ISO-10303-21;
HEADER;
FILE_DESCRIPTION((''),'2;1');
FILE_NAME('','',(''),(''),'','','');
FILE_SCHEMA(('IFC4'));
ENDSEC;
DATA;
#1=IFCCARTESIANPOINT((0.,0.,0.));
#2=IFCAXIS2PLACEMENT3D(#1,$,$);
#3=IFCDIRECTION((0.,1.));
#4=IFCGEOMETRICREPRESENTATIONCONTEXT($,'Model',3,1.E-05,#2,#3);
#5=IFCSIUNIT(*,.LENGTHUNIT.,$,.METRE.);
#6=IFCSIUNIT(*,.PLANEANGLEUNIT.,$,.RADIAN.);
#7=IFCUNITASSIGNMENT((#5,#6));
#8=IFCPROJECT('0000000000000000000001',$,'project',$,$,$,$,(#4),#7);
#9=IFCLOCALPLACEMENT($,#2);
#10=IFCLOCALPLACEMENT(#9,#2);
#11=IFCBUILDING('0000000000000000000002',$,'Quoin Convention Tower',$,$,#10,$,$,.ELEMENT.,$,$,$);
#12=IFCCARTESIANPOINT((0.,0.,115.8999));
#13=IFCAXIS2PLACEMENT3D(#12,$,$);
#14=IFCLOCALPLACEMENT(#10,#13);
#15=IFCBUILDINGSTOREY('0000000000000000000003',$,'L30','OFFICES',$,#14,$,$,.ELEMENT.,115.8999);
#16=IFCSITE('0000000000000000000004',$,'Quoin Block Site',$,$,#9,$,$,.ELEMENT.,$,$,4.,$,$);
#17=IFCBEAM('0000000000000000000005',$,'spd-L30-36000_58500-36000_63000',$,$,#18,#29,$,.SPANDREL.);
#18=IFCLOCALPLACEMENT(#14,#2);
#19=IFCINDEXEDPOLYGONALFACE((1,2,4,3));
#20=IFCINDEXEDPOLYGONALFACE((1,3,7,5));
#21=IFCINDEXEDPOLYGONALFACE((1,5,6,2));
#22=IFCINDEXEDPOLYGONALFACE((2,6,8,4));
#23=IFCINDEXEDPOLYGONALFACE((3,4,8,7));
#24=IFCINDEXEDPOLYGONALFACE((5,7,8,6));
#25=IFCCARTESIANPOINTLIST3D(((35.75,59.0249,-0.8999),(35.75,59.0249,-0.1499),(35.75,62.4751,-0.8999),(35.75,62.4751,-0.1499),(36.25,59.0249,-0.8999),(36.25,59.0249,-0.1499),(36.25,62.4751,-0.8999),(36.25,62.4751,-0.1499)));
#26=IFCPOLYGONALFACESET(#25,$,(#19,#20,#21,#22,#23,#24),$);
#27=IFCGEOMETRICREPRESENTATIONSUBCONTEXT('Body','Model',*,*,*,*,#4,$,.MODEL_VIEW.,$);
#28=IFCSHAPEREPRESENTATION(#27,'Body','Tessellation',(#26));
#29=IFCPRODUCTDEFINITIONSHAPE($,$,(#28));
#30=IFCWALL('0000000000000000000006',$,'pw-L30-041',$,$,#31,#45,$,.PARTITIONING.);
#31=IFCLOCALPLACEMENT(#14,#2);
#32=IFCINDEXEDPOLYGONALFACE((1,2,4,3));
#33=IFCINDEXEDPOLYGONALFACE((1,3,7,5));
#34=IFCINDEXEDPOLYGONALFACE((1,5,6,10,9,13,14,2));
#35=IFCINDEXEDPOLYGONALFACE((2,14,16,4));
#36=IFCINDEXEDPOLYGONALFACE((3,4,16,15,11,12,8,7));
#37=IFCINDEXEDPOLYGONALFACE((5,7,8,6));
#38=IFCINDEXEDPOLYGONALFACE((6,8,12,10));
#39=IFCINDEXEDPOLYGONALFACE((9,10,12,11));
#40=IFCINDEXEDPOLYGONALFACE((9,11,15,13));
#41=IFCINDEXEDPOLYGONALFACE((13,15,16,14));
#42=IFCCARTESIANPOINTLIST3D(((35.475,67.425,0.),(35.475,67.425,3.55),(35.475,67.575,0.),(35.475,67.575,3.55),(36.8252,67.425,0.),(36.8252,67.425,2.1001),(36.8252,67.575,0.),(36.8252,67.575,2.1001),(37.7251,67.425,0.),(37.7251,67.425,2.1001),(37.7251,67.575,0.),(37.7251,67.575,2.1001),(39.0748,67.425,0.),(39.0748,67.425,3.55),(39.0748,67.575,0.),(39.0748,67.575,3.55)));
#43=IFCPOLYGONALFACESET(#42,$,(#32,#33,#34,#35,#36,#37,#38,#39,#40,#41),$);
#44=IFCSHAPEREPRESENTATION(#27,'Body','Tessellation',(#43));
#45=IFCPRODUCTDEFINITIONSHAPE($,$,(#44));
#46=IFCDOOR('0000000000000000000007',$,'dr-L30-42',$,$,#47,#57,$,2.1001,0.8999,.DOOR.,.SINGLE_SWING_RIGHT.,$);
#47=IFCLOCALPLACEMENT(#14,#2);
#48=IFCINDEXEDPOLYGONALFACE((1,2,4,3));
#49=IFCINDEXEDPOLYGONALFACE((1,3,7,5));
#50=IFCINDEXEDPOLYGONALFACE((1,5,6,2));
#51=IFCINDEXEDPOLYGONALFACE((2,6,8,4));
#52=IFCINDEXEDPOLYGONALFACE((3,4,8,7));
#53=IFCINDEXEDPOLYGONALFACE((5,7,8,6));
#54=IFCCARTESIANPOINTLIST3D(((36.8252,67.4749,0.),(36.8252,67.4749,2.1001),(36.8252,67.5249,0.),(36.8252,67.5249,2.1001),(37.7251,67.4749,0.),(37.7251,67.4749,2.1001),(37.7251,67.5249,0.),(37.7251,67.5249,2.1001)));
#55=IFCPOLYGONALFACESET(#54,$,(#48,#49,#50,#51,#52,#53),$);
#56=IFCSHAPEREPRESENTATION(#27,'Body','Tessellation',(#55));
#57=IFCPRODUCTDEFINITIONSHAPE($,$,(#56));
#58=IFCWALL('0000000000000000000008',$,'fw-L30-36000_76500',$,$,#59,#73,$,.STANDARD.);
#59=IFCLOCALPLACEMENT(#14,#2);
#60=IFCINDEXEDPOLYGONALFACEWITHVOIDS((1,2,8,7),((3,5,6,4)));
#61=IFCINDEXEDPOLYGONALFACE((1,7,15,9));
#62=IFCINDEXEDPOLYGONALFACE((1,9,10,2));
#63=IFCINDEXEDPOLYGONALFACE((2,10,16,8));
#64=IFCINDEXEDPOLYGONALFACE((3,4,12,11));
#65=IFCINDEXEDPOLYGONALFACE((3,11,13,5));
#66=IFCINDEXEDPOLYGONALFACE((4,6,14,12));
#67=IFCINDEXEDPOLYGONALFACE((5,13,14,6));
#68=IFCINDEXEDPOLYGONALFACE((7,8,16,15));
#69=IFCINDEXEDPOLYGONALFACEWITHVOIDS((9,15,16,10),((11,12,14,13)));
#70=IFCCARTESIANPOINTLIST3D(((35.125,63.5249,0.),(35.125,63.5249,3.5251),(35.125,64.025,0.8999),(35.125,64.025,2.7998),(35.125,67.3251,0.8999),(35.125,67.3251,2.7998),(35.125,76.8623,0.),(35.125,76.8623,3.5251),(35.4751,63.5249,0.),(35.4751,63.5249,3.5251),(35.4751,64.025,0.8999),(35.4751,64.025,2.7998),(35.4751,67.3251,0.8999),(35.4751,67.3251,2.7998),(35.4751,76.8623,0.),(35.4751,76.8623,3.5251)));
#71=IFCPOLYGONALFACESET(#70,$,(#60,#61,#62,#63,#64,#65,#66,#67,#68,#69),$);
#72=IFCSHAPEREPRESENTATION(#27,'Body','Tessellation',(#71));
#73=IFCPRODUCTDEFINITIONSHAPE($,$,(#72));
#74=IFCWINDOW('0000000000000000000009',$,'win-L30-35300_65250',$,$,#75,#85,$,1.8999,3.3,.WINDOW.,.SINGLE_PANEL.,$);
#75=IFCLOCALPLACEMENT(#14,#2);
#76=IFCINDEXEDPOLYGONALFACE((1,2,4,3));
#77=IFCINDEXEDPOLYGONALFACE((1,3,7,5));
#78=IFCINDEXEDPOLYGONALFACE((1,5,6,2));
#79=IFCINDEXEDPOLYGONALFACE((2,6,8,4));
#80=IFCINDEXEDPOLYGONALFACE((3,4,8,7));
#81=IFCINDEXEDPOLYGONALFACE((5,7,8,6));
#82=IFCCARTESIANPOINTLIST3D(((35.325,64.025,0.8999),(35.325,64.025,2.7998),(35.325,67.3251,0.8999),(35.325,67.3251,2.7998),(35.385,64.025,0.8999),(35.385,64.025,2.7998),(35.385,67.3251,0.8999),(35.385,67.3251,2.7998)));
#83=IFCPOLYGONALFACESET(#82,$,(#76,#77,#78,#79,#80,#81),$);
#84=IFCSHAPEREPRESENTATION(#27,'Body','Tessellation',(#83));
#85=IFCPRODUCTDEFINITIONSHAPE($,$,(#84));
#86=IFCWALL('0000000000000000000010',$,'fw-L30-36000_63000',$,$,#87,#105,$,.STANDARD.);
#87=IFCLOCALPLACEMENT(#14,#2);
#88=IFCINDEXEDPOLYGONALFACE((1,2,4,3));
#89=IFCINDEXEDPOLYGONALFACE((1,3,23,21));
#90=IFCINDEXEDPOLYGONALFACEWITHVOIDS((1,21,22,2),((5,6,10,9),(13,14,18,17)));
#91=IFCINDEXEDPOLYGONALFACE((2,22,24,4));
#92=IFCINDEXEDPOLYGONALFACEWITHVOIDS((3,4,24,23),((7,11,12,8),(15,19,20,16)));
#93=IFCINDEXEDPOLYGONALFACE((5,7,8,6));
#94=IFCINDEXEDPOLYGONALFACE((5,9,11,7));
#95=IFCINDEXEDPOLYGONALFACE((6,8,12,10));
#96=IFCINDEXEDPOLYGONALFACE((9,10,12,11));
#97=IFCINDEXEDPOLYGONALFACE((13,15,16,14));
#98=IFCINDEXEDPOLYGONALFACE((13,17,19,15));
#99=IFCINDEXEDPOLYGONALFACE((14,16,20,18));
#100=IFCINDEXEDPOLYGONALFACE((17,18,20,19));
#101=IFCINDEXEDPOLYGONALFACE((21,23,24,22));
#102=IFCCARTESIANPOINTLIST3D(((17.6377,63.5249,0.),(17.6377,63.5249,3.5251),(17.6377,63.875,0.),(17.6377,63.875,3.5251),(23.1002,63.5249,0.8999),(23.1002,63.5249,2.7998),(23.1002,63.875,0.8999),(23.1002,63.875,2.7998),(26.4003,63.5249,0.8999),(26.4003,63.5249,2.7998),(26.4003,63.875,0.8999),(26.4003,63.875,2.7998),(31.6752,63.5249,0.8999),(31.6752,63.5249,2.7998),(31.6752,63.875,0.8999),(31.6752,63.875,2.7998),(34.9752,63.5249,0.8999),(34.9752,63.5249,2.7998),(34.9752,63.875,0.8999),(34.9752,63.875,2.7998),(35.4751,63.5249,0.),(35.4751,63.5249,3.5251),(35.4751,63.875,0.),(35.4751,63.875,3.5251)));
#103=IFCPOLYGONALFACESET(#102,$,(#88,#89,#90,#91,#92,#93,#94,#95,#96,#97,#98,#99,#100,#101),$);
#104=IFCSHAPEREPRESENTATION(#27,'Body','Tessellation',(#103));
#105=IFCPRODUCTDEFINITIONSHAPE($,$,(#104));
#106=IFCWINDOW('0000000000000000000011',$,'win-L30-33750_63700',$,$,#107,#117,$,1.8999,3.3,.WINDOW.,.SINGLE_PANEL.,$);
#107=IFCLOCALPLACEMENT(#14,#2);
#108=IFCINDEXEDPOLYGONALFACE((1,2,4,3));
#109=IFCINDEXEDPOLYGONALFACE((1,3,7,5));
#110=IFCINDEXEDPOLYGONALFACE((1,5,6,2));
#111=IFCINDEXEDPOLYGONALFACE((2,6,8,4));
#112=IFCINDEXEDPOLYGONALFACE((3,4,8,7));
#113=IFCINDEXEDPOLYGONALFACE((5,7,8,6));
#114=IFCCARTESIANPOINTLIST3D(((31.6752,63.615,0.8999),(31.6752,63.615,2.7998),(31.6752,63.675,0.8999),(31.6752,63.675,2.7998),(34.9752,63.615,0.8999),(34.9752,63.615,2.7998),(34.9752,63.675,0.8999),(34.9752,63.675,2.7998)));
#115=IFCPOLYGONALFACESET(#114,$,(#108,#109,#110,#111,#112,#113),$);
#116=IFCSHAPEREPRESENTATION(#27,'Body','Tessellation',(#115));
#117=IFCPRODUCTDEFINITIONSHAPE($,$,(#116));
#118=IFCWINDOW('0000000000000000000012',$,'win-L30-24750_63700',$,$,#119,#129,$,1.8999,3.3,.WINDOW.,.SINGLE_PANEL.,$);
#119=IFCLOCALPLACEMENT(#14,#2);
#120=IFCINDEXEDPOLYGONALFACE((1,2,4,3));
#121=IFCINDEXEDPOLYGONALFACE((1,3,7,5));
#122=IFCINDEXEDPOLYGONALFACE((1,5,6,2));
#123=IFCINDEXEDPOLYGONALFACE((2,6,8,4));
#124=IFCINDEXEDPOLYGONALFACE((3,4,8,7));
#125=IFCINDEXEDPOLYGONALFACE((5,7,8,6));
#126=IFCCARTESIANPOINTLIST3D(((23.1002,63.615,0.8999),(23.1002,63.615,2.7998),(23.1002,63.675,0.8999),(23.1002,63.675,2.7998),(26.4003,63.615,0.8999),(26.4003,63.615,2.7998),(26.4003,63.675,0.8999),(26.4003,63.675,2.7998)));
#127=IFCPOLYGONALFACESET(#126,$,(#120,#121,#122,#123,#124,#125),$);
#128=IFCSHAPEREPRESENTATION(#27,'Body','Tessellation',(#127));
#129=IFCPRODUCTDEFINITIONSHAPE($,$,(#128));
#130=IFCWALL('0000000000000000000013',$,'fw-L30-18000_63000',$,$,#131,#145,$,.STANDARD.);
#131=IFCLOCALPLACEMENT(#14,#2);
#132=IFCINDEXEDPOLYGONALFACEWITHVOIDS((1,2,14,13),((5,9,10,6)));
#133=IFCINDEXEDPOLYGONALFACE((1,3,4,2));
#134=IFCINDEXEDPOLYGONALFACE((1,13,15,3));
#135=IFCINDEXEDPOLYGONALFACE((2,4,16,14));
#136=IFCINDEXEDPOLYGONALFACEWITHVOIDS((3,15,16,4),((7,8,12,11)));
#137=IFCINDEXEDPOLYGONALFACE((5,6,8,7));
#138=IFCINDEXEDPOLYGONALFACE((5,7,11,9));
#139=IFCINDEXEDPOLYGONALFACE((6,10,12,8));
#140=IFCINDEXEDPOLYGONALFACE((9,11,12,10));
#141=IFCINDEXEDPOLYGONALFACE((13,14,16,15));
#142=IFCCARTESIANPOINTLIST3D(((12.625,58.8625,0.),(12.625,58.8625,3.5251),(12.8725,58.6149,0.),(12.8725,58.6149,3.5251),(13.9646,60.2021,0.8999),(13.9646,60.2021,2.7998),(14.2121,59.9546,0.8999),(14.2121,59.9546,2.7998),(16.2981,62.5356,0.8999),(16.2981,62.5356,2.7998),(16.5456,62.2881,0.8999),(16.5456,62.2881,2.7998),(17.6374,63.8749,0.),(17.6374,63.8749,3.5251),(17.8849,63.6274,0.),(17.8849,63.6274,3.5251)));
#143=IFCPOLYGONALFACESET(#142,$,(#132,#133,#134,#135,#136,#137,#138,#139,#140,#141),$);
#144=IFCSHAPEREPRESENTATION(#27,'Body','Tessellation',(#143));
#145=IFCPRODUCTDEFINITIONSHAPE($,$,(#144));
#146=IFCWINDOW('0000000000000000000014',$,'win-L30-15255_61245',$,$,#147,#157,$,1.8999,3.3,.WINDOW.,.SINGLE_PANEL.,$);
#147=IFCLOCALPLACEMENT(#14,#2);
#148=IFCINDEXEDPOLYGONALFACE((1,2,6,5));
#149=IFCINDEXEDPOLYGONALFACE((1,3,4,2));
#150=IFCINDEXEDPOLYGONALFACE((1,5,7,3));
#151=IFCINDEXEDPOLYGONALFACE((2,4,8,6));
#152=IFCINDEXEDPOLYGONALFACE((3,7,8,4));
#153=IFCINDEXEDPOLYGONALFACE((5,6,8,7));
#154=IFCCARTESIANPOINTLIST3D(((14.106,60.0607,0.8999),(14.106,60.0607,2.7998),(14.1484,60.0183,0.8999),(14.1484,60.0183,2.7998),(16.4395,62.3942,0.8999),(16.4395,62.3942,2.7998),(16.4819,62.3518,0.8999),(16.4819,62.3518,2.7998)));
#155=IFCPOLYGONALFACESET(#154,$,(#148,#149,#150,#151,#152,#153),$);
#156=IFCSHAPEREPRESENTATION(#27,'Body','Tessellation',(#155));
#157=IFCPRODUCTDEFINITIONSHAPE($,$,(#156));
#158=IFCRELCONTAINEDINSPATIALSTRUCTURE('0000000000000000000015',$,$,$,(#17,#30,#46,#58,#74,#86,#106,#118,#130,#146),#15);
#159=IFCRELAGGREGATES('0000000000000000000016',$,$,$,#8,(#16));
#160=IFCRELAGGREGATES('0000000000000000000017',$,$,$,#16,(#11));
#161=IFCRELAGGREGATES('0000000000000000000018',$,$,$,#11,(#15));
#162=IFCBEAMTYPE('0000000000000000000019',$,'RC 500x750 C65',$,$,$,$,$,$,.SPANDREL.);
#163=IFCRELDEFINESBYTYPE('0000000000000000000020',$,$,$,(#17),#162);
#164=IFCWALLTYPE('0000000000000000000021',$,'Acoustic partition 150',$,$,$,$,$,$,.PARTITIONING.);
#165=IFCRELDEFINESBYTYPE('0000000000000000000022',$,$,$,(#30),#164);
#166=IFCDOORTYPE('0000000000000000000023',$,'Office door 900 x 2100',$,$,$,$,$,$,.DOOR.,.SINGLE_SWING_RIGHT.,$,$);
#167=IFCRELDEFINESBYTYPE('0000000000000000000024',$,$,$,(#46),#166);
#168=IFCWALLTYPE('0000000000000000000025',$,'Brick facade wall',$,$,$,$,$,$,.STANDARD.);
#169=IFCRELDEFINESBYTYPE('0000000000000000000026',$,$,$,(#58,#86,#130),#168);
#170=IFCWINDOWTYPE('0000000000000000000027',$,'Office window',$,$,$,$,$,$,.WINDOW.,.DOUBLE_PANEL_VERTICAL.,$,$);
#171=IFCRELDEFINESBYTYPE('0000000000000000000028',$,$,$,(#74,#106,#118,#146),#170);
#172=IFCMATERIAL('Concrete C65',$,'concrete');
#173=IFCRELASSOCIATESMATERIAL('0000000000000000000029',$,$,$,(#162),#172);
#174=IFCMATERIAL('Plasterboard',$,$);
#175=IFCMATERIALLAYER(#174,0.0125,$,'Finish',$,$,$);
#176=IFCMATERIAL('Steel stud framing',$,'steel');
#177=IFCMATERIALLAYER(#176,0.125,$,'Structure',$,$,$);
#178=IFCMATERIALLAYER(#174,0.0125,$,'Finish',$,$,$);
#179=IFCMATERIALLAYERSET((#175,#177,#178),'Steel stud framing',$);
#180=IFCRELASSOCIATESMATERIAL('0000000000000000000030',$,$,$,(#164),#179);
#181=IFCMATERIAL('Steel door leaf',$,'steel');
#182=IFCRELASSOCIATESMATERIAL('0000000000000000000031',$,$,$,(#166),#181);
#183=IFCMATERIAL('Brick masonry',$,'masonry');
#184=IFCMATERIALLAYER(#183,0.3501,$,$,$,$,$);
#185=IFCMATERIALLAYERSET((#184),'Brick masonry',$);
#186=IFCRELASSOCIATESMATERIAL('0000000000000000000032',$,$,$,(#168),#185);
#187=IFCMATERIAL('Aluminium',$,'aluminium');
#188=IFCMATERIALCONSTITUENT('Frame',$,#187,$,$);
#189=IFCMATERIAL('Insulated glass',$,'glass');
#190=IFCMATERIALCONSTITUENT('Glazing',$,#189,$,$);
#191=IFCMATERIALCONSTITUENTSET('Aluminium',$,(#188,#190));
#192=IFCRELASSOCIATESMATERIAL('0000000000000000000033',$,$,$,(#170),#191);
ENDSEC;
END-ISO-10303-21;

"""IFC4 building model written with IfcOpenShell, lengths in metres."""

from ifc_helpers import new_model, si_unit, direction, frame, frame_2d, origin, origin_2d, place, context, subcontext, project, spatial, rectangle, extrude, material, layer, layer_set, constituent, constituent_set, material_profile, profile_set, type_object, element, fill, save


model = new_model("IFC4")

# Units and contexts
model_context = context("Model", 3, precision=1e-05, world=origin(), true_north=direction((0.0, 1.0)))
body_context = subcontext(model_context, "Body", "Model", "MODEL_VIEW")
ifc_project = project(units=[si_unit("LENGTHUNIT", "METRE"), si_unit("PLANEANGLEUNIT", "RADIAN")], contexts=[model_context])

# Site, building, storey
site_placement = place(None, origin())
site = spatial("IfcSite", under=ifc_project, at=site_placement, Name="Quoin Block Site", CompositionType="ELEMENT", RefElevation=4.0)
building_placement = place(site_placement, origin())
building = spatial("IfcBuilding", under=site, at=building_placement, Name="Quoin Convention Tower", CompositionType="ELEMENT")
storey_placement = place(building_placement, frame((0.0, 0.0, 115.8999)))
storey = spatial("IfcBuildingStorey", under=building, at=storey_placement, Name="L30", Description="OFFICES", CompositionType="ELEMENT", Elevation=115.8999)

# Shared definitions
ifc_material_1 = material(Name="Concrete C65", Category="concrete")

# Beam
ifc_material_profile_1 = material_profile(ifc_material_1, rectangle(XDim=0.5, YDim=0.75, at=origin_2d()), Name="RC 500x750")
ifc_profile_set_1 = profile_set([ifc_material_profile_1], Name="Concrete C65")
beam_type_1 = type_object("IfcBeamType", Name="RC 500x750 C65", PredefinedType="SPANDREL", material=ifc_profile_set_1)
beam_1_placement = place(storey_placement, frame((36.0, 59.0249, -0.5249), z_axis=(0.0, 1.0, 0.0), x_axis=(-1.0, 0.0, 0.0)))
element("IfcBeam", 1, at=beam_1_placement, inside=storey, type_object=beam_type_1, Name="spd-L30-36000_58500-36000_63000", PredefinedType="SPANDREL", context=body_context, shape_type="SweptSolid", body=[
    extrude(rectangle(XDim=0.5, YDim=0.75, at=origin_2d()), origin(), (0.0, 0.0, 1.0), 3.4502),
])

# Wall, opening, door
ifc_material_2 = material(Name="Plasterboard")
ifc_layer_1 = layer(ifc_material_2, 0.0125, Name="Finish")
ifc_material_3 = material(Name="Steel stud framing", Category="steel")
ifc_layer_2 = layer(ifc_material_3, 0.125, Name="Structure")
ifc_layer_3 = layer(ifc_material_2, 0.0125, Name="Finish")
ifc_layer_set_1 = layer_set([ifc_layer_1, ifc_layer_2, ifc_layer_3], Name="Steel stud framing")
wall_type_1 = type_object("IfcWallType", Name="Acoustic partition 150", PredefinedType="PARTITIONING", material=ifc_layer_set_1)
wall_1_placement = place(storey_placement, frame((35.4751, 67.5, 0.0), z_axis=(0.0, 0.0, 1.0), x_axis=(1.0, 0.0, 0.0)))
wall_1 = element("IfcWall", 2, at=wall_1_placement, inside=storey, type_object=wall_type_1, Name="pw-L30-041", PredefinedType="PARTITIONING", context=body_context, shape_type="SweptSolid", body=[
    extrude(rectangle(XDim=3.5999, YDim=0.1499, at=frame_2d((1.7998, 0.0))), origin(), (0.0, 0.0, 1.0), 3.55),
])
opening_1_placement = place(wall_1_placement, frame((1.3501, 0.0, 0.0)))
opening_1 = element("IfcOpeningElement", 3, at=opening_1_placement, cuts=wall_1, PredefinedType="OPENING", context=body_context, shape_type="SweptSolid", body=[
    extrude(rectangle(XDim=0.8999, YDim=2.1001, at=frame_2d((0.45, 1.05))), frame((0.0, 0.085, 0.0), z_axis=(0.0, -1.0, 0.0), x_axis=(1.0, 0.0, 0.0)), (0.0, 0.0, 1.0), 0.1699),
])
ifc_material_4 = material(Name="Steel door leaf", Category="steel")
door_type = type_object("IfcDoorType", Name="Office door 900 x 2100", OperationType="SINGLE_SWING_RIGHT", PredefinedType="DOOR", material=ifc_material_4)
door_1_placement = place(opening_1_placement, origin())
door_1 = element("IfcDoor", 4, at=door_1_placement, inside=storey, type_object=door_type, Name="dr-L30-42", OperationType="SINGLE_SWING_RIGHT", OverallHeight=2.1001, OverallWidth=0.8999, PredefinedType="DOOR", context=body_context, shape_type="SweptSolid", body=[
    extrude(rectangle(XDim=0.8999, YDim=2.1001, at=frame_2d((0.45, 1.05))), frame((0.0, 0.0249, 0.0), z_axis=(0.0, -1.0, 0.0), x_axis=(1.0, 0.0, 0.0)), (0.0, 0.0, 1.0), 0.05),
])
fill(opening_1, door_1)

# Wall, opening, window
ifc_material_5 = material(Name="Brick masonry", Category="masonry")
ifc_layer_4 = layer(ifc_material_5, 0.3501)
ifc_layer_set_2 = layer_set([ifc_layer_4], Name="Brick masonry")
wall_type_2 = type_object("IfcWallType", Name="Brick facade wall", PredefinedType="STANDARD", material=ifc_layer_set_2)
wall_2_placement = place(storey_placement, frame((35.3, 76.8623, 0.0), z_axis=(0.0, 0.0, 1.0), x_axis=(0.0, -1.0, 0.0)))
wall_2 = element("IfcWall", 5, at=wall_2_placement, inside=storey, type_object=wall_type_2, Name="fw-L30-36000_76500", PredefinedType="STANDARD", context=body_context, shape_type="SweptSolid", body=[
    extrude(rectangle(XDim=13.3374, YDim=0.3501, at=frame_2d((6.6687, 0.0))), origin(), (0.0, 0.0, 1.0), 3.5251),
])
opening_2_placement = place(wall_2_placement, frame((9.5374, 0.0, 0.8999)))
opening_2 = element("IfcOpeningElement", 6, at=opening_2_placement, cuts=wall_2, PredefinedType="OPENING", context=body_context, shape_type="SweptSolid", body=[
    extrude(rectangle(XDim=3.3, YDim=1.8999, at=frame_2d((1.6499, 0.95))), frame((0.0, 0.1851, 0.0), z_axis=(0.0, -1.0, 0.0), x_axis=(1.0, 0.0, 0.0)), (0.0, 0.0, 1.0), 0.3701),
])
ifc_material_6 = material(Name="Aluminium", Category="aluminium")
ifc_constituent_1 = constituent(ifc_material_6, Name="Frame")
ifc_material_7 = material(Name="Insulated glass", Category="glass")
ifc_constituent_2 = constituent(ifc_material_7, Name="Glazing")
ifc_constituent_set = constituent_set(constituents=[ifc_constituent_1, ifc_constituent_2], Name="Aluminium")
window_type = type_object("IfcWindowType", Name="Office window", PartitioningType="DOUBLE_PANEL_VERTICAL", PredefinedType="WINDOW", material=ifc_constituent_set)
window_1_placement = place(opening_2_placement, origin())
window_1 = element("IfcWindow", 7, at=window_1_placement, inside=storey, type_object=window_type, Name="win-L30-35300_65250", OverallHeight=1.8999, OverallWidth=3.3, PartitioningType="SINGLE_PANEL", PredefinedType="WINDOW", context=body_context, shape_type="SweptSolid", body=[
    extrude(rectangle(XDim=3.3, YDim=1.8999, at=frame_2d((1.6499, 0.95))), frame((0.0, 0.085, 0.0), z_axis=(0.0, -1.0, 0.0), x_axis=(1.0, 0.0, 0.0)), (0.0, 0.0, 1.0), 0.0601),
])
fill(opening_2, window_1)

# Wall, openings, windows
wall_3_placement = place(storey_placement, frame((35.4751, 63.7, 0.0), z_axis=(0.0, 0.0, 1.0), x_axis=(-1.0, 0.0, 0.0)))
wall_3 = element("IfcWall", 8, at=wall_3_placement, inside=storey, type_object=wall_type_2, Name="fw-L30-36000_63000", PredefinedType="STANDARD", context=body_context, shape_type="SweptSolid", body=[
    extrude(rectangle(XDim=17.8374, YDim=0.3501, at=frame_2d((8.9187, 0.0))), origin(), (0.0, 0.0, 1.0), 3.5251),
])
opening_3_placement = place(wall_3_placement, frame((0.5, 0.0, 0.8999)))
opening_3 = element("IfcOpeningElement", 9, at=opening_3_placement, cuts=wall_3, PredefinedType="OPENING", context=body_context, shape_type="SweptSolid", body=[
    extrude(rectangle(XDim=3.3, YDim=1.8999, at=frame_2d((1.6499, 0.95))), frame((0.0, 0.1851, 0.0), z_axis=(0.0, -1.0, 0.0), x_axis=(1.0, 0.0, 0.0)), (0.0, 0.0, 1.0), 0.3701),
])
opening_4_placement = place(wall_3_placement, frame((9.075, 0.0, 0.8999)))
opening_4 = element("IfcOpeningElement", 10, at=opening_4_placement, cuts=wall_3, PredefinedType="OPENING", context=body_context, shape_type="SweptSolid", body=[
    extrude(rectangle(XDim=3.3, YDim=1.8999, at=frame_2d((1.6499, 0.95))), frame((0.0, 0.1851, 0.0), z_axis=(0.0, -1.0, 0.0), x_axis=(1.0, 0.0, 0.0)), (0.0, 0.0, 1.0), 0.3701),
])
window_2_placement = place(opening_3_placement, origin())
window_2 = element("IfcWindow", 11, at=window_2_placement, inside=storey, type_object=window_type, Name="win-L30-33750_63700", OverallHeight=1.8999, OverallWidth=3.3, PartitioningType="SINGLE_PANEL", PredefinedType="WINDOW", context=body_context, shape_type="SweptSolid", body=[
    extrude(rectangle(XDim=3.3, YDim=1.8999, at=frame_2d((1.6499, 0.95))), frame((0.0, 0.085, 0.0), z_axis=(0.0, -1.0, 0.0), x_axis=(1.0, 0.0, 0.0)), (0.0, 0.0, 1.0), 0.0601),
])
fill(opening_3, window_2)
window_3_placement = place(opening_4_placement, origin())
window_3 = element("IfcWindow", 12, at=window_3_placement, inside=storey, type_object=window_type, Name="win-L30-24750_63700", OverallHeight=1.8999, OverallWidth=3.3, PartitioningType="SINGLE_PANEL", PredefinedType="WINDOW", context=body_context, shape_type="SweptSolid", body=[
    extrude(rectangle(XDim=3.3, YDim=1.8999, at=frame_2d((1.6499, 0.95))), frame((0.0, 0.085, 0.0), z_axis=(0.0, -1.0, 0.0), x_axis=(1.0, 0.0, 0.0)), (0.0, 0.0, 1.0), 0.0601),
])
fill(opening_4, window_3)

# Wall, opening, window
wall_4_placement = place(storey_placement, frame((17.7612, 63.7512, 0.0), z_axis=(0.0, 0.0, 1.0), x_axis=(-0.707107, -0.707107, 0.0)))
wall_4 = element("IfcWall", 13, at=wall_4_placement, inside=storey, type_object=wall_type_2, Name="fw-L30-18000_63000", PredefinedType="STANDARD", context=body_context, shape_type="SweptSolid", body=[
    extrude(rectangle(XDim=7.0886, YDim=0.3501, at=frame_2d((3.5444, 0.0))), origin(), (0.0, 0.0, 1.0), 3.5251),
])
opening_5_placement = place(wall_4_placement, frame((1.8943, 0.0, 0.8999)))
opening_5 = element("IfcOpeningElement", 14, at=opening_5_placement, cuts=wall_4, PredefinedType="OPENING", context=body_context, shape_type="SweptSolid", body=[
    extrude(rectangle(XDim=3.3, YDim=1.8999, at=frame_2d((1.6499, 0.95))), frame((0.0, 0.1851, 0.0), z_axis=(0.0, -1.0, 0.0), x_axis=(1.0, 0.0, 0.0)), (0.0, 0.0, 1.0), 0.3701),
])
window_4_placement = place(opening_5_placement, origin())
window_4 = element("IfcWindow", 15, at=window_4_placement, inside=storey, type_object=window_type, Name="win-L30-15255_61245", OverallHeight=1.8999, OverallWidth=3.3, PartitioningType="SINGLE_PANEL", PredefinedType="WINDOW", context=body_context, shape_type="SweptSolid", body=[
    extrude(rectangle(XDim=3.3, YDim=1.8999, at=frame_2d((1.6499, 0.95))), frame((0.0, 0.085, 0.0), z_axis=(0.0, -1.0, 0.0), x_axis=(1.0, 0.0, 0.0)), (0.0, 0.0, 1.0), 0.0601),
])
fill(opening_5, window_4)

save(model, "model.ifc")
